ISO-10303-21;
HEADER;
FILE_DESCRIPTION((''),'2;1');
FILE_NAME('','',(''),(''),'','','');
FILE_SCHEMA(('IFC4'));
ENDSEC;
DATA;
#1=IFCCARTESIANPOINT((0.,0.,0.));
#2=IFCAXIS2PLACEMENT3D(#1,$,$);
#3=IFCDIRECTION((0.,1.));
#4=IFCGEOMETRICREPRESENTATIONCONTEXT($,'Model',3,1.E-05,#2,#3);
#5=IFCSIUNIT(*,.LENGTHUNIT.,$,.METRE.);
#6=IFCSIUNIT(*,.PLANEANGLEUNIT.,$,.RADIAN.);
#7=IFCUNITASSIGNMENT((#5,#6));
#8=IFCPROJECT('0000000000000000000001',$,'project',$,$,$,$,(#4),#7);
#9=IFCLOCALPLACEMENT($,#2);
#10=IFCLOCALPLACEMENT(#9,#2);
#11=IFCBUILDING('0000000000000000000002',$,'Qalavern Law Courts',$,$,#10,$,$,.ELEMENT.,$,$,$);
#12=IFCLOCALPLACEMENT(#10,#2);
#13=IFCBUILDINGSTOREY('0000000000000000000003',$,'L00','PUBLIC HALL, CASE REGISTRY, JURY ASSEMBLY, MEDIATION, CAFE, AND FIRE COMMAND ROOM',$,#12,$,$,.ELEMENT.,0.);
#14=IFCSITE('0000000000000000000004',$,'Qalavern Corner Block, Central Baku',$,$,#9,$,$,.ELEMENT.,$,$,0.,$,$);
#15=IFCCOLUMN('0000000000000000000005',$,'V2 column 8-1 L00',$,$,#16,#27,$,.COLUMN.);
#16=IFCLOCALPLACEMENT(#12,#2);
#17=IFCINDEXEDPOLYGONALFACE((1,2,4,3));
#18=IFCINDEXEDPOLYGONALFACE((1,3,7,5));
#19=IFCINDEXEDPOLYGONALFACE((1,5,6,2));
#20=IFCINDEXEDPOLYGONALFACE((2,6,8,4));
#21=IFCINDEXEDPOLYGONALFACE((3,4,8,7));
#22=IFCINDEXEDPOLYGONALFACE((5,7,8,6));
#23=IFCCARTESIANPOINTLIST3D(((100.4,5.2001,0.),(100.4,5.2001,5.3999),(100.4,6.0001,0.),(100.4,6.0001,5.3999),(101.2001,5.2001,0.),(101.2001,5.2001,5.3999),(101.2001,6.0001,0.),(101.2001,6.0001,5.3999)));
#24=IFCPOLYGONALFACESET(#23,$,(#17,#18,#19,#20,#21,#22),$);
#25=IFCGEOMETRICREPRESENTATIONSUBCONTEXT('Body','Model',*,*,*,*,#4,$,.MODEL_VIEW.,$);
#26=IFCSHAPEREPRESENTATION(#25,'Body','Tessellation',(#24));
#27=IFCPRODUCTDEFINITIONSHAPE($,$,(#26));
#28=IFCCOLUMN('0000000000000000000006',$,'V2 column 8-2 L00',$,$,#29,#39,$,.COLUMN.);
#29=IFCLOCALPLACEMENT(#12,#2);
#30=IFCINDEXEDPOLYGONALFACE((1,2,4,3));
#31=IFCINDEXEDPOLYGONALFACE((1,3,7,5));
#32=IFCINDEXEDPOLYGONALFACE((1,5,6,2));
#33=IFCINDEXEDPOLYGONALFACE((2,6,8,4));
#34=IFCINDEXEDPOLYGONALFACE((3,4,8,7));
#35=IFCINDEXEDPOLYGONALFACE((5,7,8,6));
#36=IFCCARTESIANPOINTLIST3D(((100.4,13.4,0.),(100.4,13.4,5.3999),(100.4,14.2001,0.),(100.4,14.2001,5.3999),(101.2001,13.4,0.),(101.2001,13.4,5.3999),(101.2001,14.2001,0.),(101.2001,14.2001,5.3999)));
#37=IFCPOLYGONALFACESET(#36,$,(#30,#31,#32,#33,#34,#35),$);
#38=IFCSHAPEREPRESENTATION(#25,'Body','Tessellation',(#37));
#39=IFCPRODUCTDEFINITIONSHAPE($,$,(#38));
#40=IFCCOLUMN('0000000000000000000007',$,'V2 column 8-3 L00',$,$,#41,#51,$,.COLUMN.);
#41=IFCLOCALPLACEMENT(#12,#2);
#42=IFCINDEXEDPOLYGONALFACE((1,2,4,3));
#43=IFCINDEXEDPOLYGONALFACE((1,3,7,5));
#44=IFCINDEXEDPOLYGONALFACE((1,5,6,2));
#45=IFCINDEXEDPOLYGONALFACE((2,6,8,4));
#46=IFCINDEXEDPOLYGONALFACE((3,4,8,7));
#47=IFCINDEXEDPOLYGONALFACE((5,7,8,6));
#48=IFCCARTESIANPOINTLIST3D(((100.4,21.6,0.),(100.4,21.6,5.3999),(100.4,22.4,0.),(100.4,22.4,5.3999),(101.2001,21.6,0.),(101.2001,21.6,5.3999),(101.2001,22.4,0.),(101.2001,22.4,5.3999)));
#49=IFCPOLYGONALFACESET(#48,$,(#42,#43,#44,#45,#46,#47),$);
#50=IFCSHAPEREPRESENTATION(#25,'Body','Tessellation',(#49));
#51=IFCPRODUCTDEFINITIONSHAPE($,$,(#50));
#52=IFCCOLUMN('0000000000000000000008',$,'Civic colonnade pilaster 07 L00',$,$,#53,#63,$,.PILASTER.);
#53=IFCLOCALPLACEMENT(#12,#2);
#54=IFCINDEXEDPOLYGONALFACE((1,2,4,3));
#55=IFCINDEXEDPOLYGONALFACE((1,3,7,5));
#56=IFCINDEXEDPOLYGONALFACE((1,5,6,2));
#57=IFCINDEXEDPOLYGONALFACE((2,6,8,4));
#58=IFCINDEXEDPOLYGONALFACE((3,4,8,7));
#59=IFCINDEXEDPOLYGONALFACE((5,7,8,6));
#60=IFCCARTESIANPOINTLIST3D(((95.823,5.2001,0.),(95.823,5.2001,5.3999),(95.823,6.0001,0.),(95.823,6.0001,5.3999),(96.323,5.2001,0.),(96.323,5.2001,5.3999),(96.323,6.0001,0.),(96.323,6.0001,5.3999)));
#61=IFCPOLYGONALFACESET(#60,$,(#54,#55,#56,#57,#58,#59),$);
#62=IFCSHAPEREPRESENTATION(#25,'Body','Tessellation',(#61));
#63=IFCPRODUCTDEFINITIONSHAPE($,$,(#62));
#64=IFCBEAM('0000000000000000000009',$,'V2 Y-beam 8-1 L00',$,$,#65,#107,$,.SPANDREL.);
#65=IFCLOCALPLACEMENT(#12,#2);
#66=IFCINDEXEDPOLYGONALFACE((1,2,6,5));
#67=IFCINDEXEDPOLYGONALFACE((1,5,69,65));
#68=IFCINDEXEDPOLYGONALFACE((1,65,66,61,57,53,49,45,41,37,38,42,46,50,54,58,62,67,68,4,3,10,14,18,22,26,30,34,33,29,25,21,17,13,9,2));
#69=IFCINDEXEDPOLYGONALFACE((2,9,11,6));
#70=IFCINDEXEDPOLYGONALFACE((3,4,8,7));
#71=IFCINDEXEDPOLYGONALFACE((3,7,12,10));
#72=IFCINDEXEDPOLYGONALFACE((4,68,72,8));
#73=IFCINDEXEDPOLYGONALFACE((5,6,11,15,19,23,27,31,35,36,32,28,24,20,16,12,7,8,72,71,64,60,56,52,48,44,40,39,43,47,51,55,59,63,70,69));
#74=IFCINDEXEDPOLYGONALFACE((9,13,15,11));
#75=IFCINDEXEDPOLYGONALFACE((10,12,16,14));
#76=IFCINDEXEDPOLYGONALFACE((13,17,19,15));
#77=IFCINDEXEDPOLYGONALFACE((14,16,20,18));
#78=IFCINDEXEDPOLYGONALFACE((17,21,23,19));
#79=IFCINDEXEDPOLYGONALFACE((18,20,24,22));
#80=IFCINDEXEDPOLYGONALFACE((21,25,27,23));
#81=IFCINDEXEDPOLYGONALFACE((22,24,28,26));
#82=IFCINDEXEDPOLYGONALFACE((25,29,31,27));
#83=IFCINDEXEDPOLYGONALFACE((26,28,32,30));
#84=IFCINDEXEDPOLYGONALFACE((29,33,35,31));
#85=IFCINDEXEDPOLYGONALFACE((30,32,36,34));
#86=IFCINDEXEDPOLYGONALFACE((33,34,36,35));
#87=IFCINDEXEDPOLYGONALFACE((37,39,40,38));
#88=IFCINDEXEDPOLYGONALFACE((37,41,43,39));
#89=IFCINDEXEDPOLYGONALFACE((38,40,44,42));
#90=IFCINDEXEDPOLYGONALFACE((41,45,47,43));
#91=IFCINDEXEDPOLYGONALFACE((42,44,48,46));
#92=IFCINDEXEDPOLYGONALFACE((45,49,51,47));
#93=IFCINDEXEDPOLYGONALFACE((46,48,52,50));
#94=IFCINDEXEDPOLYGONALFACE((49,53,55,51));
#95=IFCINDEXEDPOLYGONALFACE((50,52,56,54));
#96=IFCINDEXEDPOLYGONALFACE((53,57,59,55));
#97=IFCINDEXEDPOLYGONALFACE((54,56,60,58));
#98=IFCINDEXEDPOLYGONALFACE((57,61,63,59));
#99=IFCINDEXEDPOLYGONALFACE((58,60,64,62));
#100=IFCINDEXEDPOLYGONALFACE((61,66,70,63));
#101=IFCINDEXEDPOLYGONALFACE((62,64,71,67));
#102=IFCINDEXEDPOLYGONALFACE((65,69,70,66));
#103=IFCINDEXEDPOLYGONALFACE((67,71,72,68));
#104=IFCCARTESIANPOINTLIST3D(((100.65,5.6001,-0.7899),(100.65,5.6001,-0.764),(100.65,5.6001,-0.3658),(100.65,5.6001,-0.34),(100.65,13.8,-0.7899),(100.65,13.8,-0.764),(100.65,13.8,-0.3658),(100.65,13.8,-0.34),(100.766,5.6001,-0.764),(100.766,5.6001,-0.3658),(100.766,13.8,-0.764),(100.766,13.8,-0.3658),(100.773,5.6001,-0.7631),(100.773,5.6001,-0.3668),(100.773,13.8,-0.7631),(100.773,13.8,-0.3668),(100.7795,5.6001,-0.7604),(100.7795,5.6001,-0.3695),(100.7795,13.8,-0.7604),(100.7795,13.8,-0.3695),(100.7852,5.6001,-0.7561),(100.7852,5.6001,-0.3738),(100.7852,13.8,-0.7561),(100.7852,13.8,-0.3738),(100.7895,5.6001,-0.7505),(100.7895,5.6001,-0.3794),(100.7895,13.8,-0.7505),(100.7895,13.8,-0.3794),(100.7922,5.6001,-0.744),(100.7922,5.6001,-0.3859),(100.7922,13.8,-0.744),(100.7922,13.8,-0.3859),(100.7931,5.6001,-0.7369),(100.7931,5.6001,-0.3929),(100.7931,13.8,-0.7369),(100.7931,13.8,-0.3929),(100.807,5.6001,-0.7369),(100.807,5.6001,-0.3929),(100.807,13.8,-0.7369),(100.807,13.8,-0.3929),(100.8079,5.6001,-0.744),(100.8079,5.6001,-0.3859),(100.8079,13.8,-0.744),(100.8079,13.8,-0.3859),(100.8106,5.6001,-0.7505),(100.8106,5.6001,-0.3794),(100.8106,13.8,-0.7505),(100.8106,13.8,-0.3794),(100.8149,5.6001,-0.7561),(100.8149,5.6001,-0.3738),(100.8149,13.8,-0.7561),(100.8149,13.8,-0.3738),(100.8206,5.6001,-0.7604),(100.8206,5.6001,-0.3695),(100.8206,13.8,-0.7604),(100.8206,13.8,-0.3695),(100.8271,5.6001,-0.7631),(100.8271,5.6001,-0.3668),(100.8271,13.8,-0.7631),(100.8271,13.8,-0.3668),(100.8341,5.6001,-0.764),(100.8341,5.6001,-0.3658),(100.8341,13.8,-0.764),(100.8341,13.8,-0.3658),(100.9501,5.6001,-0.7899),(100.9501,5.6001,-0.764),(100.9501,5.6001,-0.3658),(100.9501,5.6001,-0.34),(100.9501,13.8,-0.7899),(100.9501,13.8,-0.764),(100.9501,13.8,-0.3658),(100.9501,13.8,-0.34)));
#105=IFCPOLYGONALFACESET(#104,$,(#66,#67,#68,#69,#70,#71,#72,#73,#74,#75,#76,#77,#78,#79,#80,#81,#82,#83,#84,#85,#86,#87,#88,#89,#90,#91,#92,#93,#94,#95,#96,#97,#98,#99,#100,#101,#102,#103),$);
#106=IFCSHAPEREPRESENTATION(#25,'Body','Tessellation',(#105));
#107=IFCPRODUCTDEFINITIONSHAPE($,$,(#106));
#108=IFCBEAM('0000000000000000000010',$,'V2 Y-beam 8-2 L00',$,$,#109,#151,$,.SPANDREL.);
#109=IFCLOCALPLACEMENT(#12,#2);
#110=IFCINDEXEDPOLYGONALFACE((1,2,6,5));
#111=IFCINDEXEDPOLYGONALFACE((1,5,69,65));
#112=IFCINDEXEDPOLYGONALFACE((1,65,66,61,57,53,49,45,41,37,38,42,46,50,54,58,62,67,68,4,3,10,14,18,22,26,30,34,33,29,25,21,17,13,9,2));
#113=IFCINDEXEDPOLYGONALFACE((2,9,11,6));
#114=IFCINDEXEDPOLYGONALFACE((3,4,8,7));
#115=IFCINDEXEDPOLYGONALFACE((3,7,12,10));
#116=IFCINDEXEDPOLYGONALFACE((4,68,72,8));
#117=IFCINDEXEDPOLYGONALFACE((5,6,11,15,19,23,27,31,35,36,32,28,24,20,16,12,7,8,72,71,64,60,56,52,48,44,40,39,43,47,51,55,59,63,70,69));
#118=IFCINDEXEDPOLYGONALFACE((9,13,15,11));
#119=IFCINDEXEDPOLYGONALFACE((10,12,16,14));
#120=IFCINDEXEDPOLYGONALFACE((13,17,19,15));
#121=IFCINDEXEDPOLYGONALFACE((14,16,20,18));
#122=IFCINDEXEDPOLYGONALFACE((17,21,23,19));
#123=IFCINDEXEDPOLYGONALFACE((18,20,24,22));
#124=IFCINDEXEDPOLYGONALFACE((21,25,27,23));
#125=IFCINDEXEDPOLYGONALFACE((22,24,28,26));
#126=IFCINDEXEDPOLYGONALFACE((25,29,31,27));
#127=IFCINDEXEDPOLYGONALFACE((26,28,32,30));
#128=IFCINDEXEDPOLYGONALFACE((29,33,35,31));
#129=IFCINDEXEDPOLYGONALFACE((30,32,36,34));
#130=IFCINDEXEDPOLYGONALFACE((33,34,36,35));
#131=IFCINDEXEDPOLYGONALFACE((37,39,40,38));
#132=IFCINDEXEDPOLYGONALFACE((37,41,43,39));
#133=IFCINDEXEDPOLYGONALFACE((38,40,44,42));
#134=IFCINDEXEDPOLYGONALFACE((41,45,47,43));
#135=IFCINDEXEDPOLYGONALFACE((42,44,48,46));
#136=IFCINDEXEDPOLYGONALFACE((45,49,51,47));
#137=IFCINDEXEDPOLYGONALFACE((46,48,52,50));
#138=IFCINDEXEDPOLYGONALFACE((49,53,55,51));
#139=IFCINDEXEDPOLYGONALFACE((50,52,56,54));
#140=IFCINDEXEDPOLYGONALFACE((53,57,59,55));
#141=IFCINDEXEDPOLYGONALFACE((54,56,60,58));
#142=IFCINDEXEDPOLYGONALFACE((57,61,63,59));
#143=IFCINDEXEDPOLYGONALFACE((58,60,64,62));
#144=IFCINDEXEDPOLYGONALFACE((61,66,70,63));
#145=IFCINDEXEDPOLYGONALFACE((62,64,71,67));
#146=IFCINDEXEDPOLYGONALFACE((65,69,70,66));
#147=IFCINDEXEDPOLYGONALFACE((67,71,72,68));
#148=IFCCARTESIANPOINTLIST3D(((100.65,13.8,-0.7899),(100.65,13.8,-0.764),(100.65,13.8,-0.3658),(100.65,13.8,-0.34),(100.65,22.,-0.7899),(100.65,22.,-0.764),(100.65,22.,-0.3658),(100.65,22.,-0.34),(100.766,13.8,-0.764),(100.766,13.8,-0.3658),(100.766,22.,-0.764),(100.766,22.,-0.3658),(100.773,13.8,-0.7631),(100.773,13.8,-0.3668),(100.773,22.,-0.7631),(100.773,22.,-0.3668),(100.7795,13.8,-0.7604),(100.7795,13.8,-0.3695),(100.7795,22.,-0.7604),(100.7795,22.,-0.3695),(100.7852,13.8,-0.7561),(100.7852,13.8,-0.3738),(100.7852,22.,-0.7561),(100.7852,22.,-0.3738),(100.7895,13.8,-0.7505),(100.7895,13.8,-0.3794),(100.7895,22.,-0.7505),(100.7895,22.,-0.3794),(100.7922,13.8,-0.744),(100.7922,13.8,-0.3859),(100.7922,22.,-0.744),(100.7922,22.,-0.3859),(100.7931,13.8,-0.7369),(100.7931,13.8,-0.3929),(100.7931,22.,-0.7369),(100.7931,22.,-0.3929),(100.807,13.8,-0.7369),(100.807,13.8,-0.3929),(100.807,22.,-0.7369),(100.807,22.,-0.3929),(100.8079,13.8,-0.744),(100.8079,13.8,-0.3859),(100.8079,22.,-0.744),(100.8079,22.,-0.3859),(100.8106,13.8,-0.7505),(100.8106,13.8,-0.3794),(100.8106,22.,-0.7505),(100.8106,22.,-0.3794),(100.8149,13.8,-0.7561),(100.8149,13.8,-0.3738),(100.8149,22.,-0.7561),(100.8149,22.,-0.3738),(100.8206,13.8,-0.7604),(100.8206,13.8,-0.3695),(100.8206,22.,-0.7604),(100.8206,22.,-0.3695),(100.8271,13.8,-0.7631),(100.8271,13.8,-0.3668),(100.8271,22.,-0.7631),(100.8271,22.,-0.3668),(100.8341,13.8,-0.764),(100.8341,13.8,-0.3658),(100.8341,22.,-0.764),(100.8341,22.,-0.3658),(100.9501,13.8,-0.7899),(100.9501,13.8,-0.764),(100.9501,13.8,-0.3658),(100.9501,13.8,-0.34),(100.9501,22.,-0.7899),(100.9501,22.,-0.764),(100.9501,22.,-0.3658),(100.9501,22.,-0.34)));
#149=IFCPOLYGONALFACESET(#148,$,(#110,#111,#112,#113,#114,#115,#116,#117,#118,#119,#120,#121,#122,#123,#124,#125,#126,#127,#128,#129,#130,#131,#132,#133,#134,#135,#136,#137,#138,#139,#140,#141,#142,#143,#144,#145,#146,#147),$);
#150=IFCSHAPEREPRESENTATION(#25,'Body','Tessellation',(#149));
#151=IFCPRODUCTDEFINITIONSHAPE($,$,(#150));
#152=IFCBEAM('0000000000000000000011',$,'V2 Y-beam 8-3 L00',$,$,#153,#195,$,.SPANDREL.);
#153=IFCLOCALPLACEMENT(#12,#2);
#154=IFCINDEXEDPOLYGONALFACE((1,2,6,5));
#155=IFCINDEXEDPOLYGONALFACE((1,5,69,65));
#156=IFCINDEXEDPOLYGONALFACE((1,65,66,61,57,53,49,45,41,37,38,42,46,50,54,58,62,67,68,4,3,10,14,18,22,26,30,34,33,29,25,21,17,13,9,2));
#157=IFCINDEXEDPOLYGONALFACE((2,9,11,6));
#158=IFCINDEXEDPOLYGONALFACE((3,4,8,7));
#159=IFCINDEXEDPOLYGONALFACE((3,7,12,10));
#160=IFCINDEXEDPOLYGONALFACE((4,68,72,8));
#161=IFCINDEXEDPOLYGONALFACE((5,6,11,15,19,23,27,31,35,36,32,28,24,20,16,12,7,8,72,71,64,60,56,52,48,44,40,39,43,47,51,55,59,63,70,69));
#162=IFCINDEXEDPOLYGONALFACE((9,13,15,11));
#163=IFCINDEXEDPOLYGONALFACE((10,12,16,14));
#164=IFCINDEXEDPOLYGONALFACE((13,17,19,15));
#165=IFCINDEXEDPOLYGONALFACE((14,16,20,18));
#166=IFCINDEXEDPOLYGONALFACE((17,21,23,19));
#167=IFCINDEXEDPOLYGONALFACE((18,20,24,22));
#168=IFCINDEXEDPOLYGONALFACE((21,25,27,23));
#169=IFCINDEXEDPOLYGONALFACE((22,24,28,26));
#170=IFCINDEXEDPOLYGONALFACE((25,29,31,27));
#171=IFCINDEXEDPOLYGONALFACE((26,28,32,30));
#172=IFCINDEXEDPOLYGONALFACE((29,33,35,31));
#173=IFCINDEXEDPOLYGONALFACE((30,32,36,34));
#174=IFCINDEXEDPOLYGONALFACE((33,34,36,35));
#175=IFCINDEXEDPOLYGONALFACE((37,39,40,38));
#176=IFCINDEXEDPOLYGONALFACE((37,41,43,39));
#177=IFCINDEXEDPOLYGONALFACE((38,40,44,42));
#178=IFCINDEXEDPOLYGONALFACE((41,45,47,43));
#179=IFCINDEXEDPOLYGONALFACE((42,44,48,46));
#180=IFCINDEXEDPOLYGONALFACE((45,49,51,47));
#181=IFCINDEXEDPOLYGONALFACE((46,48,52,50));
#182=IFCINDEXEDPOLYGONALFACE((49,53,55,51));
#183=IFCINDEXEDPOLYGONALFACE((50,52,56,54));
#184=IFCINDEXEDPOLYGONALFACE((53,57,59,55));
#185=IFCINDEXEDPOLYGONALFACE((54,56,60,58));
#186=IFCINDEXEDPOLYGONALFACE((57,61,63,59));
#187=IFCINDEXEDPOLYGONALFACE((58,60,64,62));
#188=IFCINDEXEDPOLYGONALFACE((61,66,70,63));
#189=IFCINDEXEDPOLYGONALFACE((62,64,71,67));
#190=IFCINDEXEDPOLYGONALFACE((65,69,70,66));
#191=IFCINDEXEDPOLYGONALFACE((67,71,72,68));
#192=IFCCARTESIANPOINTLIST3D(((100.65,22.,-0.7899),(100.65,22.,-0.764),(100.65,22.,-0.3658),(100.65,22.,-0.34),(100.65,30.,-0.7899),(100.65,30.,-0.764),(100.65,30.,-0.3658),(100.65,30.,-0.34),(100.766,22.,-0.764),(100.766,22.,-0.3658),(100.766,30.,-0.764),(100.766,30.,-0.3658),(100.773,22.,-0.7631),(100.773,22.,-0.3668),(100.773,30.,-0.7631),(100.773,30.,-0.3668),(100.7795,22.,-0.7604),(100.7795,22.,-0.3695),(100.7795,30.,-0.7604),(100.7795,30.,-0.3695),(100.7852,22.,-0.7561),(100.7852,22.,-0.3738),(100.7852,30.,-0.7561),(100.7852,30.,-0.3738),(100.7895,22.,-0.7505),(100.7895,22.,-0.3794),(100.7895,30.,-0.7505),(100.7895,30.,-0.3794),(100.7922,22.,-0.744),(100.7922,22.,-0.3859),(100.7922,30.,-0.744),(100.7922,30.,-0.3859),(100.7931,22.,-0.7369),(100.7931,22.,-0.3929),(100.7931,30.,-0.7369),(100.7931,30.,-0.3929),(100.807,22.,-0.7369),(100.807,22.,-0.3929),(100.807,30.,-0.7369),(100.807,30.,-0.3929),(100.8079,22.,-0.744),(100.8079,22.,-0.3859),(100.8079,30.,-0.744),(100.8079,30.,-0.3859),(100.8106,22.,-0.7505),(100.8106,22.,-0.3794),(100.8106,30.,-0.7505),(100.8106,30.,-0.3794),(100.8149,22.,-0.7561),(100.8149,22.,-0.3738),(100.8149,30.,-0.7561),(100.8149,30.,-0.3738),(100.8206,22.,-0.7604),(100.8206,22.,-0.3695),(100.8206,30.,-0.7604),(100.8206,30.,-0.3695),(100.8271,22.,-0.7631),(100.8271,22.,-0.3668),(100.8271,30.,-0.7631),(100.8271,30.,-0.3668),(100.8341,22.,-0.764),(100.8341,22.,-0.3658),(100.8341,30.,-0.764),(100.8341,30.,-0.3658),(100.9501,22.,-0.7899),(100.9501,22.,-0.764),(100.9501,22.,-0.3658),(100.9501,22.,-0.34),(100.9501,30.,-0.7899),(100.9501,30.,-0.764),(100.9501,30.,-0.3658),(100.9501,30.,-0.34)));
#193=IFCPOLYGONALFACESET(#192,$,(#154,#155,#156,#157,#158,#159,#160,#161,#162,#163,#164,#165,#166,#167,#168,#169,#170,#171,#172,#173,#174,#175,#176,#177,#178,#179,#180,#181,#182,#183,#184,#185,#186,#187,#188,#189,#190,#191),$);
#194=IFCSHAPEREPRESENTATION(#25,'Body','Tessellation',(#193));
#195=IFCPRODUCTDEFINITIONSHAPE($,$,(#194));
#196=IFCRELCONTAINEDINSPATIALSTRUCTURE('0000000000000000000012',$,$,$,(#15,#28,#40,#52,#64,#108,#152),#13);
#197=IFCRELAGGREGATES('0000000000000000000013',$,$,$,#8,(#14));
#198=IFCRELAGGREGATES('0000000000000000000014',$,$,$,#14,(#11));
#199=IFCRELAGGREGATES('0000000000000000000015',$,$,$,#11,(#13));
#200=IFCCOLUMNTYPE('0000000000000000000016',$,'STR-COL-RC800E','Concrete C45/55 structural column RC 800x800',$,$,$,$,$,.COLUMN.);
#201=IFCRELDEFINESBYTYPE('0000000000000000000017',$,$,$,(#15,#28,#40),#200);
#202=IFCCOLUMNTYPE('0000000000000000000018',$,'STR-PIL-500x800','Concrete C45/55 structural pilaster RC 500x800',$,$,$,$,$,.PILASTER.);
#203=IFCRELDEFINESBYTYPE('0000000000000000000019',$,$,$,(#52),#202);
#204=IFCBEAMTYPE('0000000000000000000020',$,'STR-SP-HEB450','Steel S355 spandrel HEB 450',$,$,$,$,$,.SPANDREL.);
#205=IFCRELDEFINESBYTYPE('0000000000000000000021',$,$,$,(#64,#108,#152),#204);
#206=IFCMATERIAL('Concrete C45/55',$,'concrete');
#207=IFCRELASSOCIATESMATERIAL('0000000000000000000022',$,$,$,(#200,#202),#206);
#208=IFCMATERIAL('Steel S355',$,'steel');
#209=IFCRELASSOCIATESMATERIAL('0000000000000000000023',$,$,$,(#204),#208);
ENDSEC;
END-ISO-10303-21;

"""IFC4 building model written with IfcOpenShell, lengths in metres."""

from ifc_helpers import new_model, si_unit, direction, frame, origin, origin_2d, place, context, subcontext, project, spatial, rectangle, i_section, extrude, material, material_profile, profile_set, type_object, element, save


model = new_model("IFC4")

# Units and contexts
model_context = context("Model", 3, precision=1e-05, world=origin(), true_north=direction((0.0, 1.0)))
body_context = subcontext(model_context, "Body", "Model", "MODEL_VIEW")
ifc_project = project(units=[si_unit("LENGTHUNIT", "METRE"), si_unit("PLANEANGLEUNIT", "RADIAN")], contexts=[model_context])

# Site, building, storey
site_placement = place(None, origin())
site = spatial("IfcSite", under=ifc_project, at=site_placement, Name="Qalavern Corner Block, Central Baku", CompositionType="ELEMENT", RefElevation=0.0)
building_placement = place(site_placement, origin())
building = spatial("IfcBuilding", under=site, at=building_placement, Name="Qalavern Law Courts", CompositionType="ELEMENT")
storey_placement = place(building_placement, origin())
storey = spatial("IfcBuildingStorey", under=building, at=storey_placement, Name="L00", Description="PUBLIC HALL, CASE REGISTRY, JURY ASSEMBLY, MEDIATION, CAFE, AND FIRE COMMAND ROOM", CompositionType="ELEMENT", Elevation=0.0)

# Columns
ifc_material_1 = material(Name="Concrete C45/55", Category="concrete")
ifc_material_profile_1 = material_profile(ifc_material_1, rectangle(XDim=0.8, YDim=0.8, at=origin_2d()), Name="RC 800x800")
ifc_profile_set_1 = profile_set([ifc_material_profile_1], Name="Concrete C45/55")
column_type_1 = type_object("IfcColumnType", Name="STR-COL-RC800E", Description="Concrete C45/55 structural column RC 800x800", PredefinedType="COLUMN", material=ifc_profile_set_1)
for number, where, z_axis, x_axis, name in (
    (1, (100.8, 5.6001, 0.0), (0.0, 0.0, 1.0), (1.0, 0.0, 0.0), "V2 column 8-1 L00"),
    (2, (100.8, 13.8, 0.0), (0.0, 0.0, 1.0), (1.0, 0.0, 0.0), "V2 column 8-2 L00"),
    (3, (100.8, 22.0, 0.0), (0.0, 0.0, 1.0), (1.0, 0.0, 0.0), "V2 column 8-3 L00"),
):
    element("IfcColumn", number, at=place(storey_placement, frame(where, z_axis=z_axis, x_axis=x_axis)), inside=storey, type_object=column_type_1, Name=name, PredefinedType="COLUMN", context=body_context, shape_type="SweptSolid", body=[
        extrude(rectangle(XDim=0.8, YDim=0.8, at=origin_2d()), origin(), (0.0, 0.0, 1.0), 5.3999),
    ])
ifc_material_profile_2 = material_profile(ifc_material_1, rectangle(XDim=0.5, YDim=0.8, at=origin_2d()), Name="RC 500x800")
ifc_profile_set_2 = profile_set([ifc_material_profile_2], Name="Concrete C45/55")
column_type_2 = type_object("IfcColumnType", Name="STR-PIL-500x800", Description="Concrete C45/55 structural pilaster RC 500x800", PredefinedType="PILASTER", material=ifc_profile_set_2)
column_placement = place(storey_placement, frame((96.073, 5.6001, 0.0), z_axis=(0.0, 0.0, 1.0), x_axis=(1.0, 0.0, 0.0)))
element("IfcColumn", 4, at=column_placement, inside=storey, type_object=column_type_2, Name="Civic colonnade pilaster 07 L00", PredefinedType="PILASTER", context=body_context, shape_type="SweptSolid", body=[
    extrude(rectangle(XDim=0.5, YDim=0.8, at=origin_2d()), origin(), (0.0, 0.0, 1.0), 5.3999),
])

# Beams
ifc_material_2 = material(Name="Steel S355", Category="steel")
ifc_material_profile_3 = material_profile(ifc_material_2, i_section(OverallWidth=0.3, OverallDepth=0.45, WebThickness=0.0139, FlangeThickness=0.0259, FilletRadius=0.0271, at=origin_2d()), Name="HEB 450")
ifc_profile_set_3 = profile_set([ifc_material_profile_3], Name="Steel S355")
beam_type = type_object("IfcBeamType", Name="STR-SP-HEB450", Description="Steel S355 spandrel HEB 450", PredefinedType="SPANDREL", material=ifc_profile_set_3)
for number, where, z_axis, x_axis, name in (
    (5, (100.8, 5.6001, -0.5649), (0.0, 1.0, 0.0), (-1.0, 0.0, 0.0), "V2 Y-beam 8-1 L00"),
    (6, (100.8, 13.8, -0.5649), (0.0, 1.0, 0.0), (-1.0, 0.0, 0.0), "V2 Y-beam 8-2 L00"),
):
    element("IfcBeam", number, at=place(storey_placement, frame(where, z_axis=z_axis, x_axis=x_axis)), inside=storey, type_object=beam_type, Name=name, PredefinedType="SPANDREL", context=body_context, shape_type="SweptSolid", body=[
        extrude(i_section(OverallWidth=0.3, OverallDepth=0.45, WebThickness=0.0139, FlangeThickness=0.0259, FilletRadius=0.0271, at=origin_2d()), origin(), (0.0, 0.0, 1.0), 8.2),
    ])
beam_placement = place(storey_placement, frame((100.8, 22.0, -0.5649), z_axis=(0.0, 1.0, 0.0), x_axis=(-1.0, 0.0, 0.0)))
element("IfcBeam", 7, at=beam_placement, inside=storey, type_object=beam_type, Name="V2 Y-beam 8-3 L00", PredefinedType="SPANDREL", context=body_context, shape_type="SweptSolid", body=[
    extrude(i_section(OverallWidth=0.3, OverallDepth=0.45, WebThickness=0.0139, FlangeThickness=0.0259, FilletRadius=0.0271, at=origin_2d()), origin(), (0.0, 0.0, 1.0), 8.0),
])

save(model, "model.ifc")
